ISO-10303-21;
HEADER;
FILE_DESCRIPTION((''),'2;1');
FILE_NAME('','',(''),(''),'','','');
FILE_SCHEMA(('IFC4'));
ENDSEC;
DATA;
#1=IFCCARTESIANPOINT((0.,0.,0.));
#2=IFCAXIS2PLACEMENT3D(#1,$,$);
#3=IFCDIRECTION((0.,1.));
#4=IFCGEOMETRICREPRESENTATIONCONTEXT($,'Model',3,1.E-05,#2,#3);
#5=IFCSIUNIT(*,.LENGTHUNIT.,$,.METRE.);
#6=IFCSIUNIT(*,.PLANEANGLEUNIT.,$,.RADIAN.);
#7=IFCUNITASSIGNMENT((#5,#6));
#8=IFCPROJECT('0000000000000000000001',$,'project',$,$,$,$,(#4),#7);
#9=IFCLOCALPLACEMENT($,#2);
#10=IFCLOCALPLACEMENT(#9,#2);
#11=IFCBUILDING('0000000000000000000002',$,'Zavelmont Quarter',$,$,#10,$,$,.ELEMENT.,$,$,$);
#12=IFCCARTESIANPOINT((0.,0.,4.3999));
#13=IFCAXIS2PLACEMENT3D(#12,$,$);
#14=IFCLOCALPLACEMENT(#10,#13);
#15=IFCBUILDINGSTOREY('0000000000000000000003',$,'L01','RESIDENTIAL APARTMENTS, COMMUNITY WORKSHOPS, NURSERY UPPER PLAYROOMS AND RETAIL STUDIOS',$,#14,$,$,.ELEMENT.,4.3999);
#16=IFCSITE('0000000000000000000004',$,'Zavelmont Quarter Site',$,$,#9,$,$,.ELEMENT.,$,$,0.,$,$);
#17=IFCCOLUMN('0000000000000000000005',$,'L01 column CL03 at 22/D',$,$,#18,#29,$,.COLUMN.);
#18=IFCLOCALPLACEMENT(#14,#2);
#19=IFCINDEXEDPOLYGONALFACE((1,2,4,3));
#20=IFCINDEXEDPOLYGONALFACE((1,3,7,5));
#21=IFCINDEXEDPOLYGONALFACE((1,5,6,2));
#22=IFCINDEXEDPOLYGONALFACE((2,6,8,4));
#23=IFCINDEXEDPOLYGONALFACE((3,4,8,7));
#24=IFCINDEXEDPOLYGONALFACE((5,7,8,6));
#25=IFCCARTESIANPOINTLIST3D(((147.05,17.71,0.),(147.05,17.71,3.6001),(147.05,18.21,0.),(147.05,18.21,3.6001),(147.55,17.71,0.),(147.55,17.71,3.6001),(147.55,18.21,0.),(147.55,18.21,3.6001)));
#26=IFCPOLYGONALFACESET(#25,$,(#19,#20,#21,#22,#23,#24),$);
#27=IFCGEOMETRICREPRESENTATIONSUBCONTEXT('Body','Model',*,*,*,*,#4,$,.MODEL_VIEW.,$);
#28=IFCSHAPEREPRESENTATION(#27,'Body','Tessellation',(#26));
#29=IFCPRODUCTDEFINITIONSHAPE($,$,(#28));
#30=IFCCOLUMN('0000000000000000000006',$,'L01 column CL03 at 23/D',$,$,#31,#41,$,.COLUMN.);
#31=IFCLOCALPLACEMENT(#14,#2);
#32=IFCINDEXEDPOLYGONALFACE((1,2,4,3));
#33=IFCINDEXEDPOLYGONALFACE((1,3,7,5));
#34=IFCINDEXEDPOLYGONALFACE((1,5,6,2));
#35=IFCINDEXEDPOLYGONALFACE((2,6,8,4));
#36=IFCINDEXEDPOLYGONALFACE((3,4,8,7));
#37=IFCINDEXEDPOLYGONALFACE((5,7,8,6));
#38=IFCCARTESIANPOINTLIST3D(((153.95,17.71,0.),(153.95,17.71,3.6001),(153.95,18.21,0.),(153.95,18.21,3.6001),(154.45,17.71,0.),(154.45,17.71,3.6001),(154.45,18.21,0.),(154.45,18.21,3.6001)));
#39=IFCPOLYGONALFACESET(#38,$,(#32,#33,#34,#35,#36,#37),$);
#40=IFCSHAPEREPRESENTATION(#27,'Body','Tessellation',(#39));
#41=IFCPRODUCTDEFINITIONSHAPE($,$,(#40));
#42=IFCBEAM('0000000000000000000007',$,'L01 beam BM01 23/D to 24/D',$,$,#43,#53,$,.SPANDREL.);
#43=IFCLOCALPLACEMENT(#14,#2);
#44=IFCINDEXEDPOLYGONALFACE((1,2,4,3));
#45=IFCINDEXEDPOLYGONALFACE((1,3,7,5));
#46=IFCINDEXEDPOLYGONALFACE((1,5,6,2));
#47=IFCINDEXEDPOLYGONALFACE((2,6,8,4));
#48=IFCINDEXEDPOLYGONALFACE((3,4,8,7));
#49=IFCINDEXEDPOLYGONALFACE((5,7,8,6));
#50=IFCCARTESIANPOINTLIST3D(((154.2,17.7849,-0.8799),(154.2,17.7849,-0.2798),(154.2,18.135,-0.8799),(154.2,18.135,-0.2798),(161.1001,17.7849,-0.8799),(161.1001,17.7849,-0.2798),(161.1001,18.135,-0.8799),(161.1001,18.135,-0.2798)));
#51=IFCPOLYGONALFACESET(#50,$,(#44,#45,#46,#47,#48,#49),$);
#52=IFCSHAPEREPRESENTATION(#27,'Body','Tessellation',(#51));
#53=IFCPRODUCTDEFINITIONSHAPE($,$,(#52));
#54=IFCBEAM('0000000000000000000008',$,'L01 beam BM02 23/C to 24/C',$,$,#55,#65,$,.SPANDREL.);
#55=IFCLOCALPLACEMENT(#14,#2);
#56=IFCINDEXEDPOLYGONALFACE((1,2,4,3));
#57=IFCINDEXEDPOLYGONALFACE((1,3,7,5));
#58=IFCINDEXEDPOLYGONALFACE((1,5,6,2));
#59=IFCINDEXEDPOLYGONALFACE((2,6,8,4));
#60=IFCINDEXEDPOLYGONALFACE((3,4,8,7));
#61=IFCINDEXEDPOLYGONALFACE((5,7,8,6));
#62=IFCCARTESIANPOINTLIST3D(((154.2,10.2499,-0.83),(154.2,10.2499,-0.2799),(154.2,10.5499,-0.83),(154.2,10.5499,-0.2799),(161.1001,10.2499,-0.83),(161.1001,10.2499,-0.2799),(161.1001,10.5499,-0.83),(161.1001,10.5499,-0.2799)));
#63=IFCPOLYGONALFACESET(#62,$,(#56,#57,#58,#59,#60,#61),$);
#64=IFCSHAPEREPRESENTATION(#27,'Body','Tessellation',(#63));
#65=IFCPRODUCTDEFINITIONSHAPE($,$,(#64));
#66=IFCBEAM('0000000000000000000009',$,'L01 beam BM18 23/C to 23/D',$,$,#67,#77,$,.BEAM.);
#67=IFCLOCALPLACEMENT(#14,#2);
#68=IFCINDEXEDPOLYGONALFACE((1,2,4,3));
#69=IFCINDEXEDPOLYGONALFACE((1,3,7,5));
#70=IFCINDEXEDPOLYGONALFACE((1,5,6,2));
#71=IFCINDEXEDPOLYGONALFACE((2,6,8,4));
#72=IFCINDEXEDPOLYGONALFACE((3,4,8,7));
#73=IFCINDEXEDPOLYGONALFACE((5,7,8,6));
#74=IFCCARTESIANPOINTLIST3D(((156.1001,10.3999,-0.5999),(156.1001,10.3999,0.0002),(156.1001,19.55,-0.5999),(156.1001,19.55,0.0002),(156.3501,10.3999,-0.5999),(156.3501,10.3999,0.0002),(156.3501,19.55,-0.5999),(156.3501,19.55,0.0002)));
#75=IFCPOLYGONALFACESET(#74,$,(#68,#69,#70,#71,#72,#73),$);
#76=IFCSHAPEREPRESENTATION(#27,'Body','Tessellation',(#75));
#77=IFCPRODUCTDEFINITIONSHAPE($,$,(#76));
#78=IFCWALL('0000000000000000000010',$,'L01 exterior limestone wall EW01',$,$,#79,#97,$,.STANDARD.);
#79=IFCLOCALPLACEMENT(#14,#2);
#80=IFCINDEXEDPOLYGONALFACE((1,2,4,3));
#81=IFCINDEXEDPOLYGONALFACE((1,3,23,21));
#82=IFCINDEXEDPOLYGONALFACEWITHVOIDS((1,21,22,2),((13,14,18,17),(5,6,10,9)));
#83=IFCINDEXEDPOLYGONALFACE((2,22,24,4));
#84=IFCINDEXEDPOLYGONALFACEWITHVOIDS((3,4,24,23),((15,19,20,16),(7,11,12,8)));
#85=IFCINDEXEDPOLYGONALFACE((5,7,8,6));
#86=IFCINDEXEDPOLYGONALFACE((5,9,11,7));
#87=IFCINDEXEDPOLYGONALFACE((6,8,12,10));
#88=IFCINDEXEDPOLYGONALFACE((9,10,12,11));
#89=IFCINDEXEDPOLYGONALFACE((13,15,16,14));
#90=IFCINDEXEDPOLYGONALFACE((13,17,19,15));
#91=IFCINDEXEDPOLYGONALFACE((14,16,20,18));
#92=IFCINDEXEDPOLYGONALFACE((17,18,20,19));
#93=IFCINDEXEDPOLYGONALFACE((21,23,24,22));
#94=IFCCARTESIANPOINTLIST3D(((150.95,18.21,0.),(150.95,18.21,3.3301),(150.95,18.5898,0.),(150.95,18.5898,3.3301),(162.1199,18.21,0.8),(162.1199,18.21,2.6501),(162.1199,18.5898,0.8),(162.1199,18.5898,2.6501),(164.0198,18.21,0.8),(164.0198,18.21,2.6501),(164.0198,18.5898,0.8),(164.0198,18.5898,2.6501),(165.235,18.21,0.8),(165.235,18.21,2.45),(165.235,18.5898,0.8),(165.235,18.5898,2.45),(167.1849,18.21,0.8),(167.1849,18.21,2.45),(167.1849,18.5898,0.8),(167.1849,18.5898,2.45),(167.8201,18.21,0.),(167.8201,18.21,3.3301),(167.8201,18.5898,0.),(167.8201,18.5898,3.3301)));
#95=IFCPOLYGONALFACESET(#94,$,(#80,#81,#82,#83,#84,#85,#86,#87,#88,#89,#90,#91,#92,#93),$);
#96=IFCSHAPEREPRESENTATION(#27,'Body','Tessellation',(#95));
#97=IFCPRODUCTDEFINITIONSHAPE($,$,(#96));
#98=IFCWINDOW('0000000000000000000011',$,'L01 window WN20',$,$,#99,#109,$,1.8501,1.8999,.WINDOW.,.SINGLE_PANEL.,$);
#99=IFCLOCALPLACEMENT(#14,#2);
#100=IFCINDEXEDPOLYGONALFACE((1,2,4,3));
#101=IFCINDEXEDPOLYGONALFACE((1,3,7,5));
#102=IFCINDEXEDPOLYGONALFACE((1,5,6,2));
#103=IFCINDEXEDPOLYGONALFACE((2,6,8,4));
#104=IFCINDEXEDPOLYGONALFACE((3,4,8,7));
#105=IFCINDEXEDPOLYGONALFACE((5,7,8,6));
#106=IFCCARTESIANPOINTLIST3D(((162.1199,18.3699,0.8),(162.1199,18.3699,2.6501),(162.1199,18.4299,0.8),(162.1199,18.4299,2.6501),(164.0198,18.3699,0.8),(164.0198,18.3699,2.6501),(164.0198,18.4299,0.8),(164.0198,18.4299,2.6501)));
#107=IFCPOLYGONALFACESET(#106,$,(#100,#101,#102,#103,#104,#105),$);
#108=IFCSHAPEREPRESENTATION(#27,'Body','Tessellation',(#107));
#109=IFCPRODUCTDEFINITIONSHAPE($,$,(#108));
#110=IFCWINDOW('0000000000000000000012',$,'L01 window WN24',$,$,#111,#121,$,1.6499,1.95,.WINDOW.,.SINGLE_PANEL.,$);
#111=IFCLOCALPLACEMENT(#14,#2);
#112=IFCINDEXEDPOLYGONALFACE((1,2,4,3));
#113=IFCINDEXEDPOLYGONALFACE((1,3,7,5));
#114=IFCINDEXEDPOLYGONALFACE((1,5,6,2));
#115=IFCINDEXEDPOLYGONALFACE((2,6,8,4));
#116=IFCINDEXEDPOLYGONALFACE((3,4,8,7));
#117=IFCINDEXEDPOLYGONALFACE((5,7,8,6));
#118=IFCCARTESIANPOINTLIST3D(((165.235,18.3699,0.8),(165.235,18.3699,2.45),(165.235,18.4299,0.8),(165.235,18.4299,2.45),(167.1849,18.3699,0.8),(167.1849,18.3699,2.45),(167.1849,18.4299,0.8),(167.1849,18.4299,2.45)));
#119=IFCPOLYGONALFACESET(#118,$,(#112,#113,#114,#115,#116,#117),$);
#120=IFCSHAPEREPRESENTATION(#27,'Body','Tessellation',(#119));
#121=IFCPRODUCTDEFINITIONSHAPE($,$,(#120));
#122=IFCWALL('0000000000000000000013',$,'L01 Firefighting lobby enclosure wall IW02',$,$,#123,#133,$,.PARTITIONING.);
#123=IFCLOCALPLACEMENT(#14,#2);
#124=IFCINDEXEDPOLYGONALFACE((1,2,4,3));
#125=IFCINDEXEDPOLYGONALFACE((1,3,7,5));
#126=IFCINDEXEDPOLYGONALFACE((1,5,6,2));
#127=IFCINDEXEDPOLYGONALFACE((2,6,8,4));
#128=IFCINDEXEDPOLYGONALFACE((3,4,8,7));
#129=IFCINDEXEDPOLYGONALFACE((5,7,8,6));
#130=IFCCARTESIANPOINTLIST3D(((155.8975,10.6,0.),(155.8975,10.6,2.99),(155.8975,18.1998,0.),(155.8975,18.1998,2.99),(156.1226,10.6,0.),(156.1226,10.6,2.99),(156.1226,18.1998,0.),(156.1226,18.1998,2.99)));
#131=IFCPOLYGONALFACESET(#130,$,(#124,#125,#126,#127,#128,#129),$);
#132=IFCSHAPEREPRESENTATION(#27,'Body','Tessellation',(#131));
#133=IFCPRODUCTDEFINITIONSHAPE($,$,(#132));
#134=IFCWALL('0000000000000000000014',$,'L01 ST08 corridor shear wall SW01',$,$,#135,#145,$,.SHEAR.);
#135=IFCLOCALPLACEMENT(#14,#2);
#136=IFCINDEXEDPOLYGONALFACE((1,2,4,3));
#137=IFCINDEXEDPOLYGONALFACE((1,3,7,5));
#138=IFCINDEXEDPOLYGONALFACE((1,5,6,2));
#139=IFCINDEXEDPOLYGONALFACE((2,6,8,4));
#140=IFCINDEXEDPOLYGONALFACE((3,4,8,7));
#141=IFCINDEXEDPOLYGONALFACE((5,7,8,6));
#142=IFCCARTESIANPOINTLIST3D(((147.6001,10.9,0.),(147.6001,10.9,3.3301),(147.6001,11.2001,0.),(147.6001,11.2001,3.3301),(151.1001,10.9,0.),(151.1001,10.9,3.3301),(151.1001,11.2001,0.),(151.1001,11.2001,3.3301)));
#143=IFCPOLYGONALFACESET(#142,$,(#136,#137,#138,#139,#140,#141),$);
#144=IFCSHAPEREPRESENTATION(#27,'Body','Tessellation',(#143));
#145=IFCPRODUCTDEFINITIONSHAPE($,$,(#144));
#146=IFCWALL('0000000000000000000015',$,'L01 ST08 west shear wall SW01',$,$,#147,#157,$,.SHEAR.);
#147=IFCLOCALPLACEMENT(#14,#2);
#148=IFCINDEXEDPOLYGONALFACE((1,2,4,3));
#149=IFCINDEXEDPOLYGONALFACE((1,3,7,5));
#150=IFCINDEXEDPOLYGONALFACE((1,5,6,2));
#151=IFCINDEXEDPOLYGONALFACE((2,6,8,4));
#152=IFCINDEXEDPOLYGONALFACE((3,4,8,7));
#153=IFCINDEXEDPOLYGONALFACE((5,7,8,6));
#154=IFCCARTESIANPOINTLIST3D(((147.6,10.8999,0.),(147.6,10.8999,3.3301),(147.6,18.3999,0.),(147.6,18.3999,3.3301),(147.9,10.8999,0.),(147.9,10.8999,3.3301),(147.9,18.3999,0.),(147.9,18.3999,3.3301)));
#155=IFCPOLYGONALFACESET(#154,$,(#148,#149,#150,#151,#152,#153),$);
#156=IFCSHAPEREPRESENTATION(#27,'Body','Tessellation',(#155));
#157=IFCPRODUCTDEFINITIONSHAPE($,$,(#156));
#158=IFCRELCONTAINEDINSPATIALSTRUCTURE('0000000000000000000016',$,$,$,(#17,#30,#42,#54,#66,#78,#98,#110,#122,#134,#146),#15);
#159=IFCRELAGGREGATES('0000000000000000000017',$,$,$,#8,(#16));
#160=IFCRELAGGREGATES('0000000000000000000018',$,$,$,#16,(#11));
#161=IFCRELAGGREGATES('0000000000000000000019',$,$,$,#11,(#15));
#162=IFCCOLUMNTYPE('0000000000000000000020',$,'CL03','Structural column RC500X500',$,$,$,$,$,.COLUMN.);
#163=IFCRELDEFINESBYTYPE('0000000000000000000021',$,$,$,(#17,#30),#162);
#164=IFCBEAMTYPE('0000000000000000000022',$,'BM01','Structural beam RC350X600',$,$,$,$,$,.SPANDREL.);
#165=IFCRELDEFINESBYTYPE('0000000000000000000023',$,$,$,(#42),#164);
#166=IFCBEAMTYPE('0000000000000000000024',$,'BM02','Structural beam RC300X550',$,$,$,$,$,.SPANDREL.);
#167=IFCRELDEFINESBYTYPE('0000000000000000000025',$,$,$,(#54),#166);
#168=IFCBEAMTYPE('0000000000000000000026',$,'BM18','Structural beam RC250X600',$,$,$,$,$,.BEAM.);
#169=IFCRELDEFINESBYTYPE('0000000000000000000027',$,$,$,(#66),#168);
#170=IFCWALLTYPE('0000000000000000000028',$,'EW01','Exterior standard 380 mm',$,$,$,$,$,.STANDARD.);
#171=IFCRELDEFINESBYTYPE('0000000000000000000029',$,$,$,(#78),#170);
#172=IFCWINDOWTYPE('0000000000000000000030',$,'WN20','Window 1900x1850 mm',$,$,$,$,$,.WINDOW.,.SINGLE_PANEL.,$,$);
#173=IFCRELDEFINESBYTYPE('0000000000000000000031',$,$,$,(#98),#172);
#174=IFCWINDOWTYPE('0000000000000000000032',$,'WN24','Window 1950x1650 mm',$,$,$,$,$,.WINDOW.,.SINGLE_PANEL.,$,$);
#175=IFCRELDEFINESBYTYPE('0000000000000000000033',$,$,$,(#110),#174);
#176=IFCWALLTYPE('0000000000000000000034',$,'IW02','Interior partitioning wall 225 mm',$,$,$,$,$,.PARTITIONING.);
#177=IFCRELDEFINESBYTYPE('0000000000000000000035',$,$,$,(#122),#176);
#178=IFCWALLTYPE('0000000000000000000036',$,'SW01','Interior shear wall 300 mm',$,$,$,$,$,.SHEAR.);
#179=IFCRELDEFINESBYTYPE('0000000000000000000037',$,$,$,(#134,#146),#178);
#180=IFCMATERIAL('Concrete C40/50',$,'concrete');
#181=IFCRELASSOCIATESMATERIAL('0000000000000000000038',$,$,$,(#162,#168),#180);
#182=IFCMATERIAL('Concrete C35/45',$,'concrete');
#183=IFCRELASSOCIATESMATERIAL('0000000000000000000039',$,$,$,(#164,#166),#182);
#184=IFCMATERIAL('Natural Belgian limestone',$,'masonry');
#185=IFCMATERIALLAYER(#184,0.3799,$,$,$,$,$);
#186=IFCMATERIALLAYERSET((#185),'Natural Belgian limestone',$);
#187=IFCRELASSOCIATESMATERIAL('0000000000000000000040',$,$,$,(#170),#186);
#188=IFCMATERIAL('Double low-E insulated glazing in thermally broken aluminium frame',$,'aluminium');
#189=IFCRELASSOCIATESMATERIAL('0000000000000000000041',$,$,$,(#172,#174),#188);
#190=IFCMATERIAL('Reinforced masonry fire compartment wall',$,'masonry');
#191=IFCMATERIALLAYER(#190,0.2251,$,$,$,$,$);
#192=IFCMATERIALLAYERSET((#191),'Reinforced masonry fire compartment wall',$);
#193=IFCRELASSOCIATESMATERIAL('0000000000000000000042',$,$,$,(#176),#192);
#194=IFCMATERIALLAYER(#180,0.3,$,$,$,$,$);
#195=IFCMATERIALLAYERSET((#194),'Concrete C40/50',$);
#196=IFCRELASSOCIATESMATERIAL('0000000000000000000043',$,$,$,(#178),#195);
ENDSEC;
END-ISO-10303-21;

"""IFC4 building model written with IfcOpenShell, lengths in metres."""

from ifc_helpers import new_model, si_unit, direction, frame, frame_2d, origin, origin_with_axes, origin_2d, place, context, subcontext, project, spatial, rectangle, extrude, material, layer, layer_set, material_profile, profile_set, type_object, element, fill, save


model = new_model("IFC4")

# Units and contexts
model_context = context("Model", 3, precision=1e-05, world=origin(), true_north=direction((0.0, 1.0)))
body_context = subcontext(model_context, "Body", "Model", "MODEL_VIEW")
ifc_project = project(units=[si_unit("LENGTHUNIT", "METRE"), si_unit("PLANEANGLEUNIT", "RADIAN")], contexts=[model_context])

# Site, building, storey
site_placement = place(None, origin())
site = spatial("IfcSite", under=ifc_project, at=site_placement, Name="Zavelmont Quarter Site", CompositionType="ELEMENT", RefElevation=0.0)
building_placement = place(site_placement, origin())
building = spatial("IfcBuilding", under=site, at=building_placement, Name="Zavelmont Quarter", CompositionType="ELEMENT")
storey_placement = place(building_placement, frame((0.0, 0.0, 4.3999)))
storey = spatial("IfcBuildingStorey", under=building, at=storey_placement, Name="L01", Description="RESIDENTIAL APARTMENTS, COMMUNITY WORKSHOPS, NURSERY UPPER PLAYROOMS AND RETAIL STUDIOS", CompositionType="ELEMENT", Elevation=4.3999)

# Columns
ifc_material_1 = material(Name="Concrete C40/50", Category="concrete")
ifc_material_profile_1 = material_profile(ifc_material_1, rectangle(XDim=0.5, YDim=0.5, at=origin_2d()), Name="RC500X500")
ifc_profile_set_1 = profile_set([ifc_material_profile_1], Name="Concrete C40/50")
column_type = type_object("IfcColumnType", Name="CL03", Description="Structural column RC500X500", PredefinedType="COLUMN", material=ifc_profile_set_1)
for number, where, z_axis, x_axis, name in (
    (1, (147.3, 17.96, 0.0), (0.0, 0.0, 1.0), (1.0, 0.0, 0.0), "L01 column CL03 at 22/D"),
    (2, (154.2, 17.96, 0.0), (0.0, 0.0, 1.0), (1.0, 0.0, 0.0), "L01 column CL03 at 23/D"),
):
    element("IfcColumn", number, at=place(storey_placement, frame(where, z_axis=z_axis, x_axis=x_axis)), inside=storey, type_object=column_type, Name=name, PredefinedType="COLUMN", context=body_context, shape_type="SweptSolid", body=[
        extrude(rectangle(XDim=0.5, YDim=0.5, at=origin_2d()), origin(), (0.0, 0.0, 1.0), 3.6001),
    ])

# Beams
ifc_material_2 = material(Name="Concrete C35/45", Category="concrete")
ifc_material_profile_2 = material_profile(ifc_material_2, rectangle(XDim=0.3501, YDim=0.6001, at=origin_2d()), Name="RC350X600")
ifc_profile_set_2 = profile_set([ifc_material_profile_2], Name="Concrete C35/45")
beam_type_1 = type_object("IfcBeamType", Name="BM01", Description="Structural beam RC350X600", PredefinedType="SPANDREL", material=ifc_profile_set_2)
beam_1_placement = place(storey_placement, frame((154.2, 17.96, -0.5798), z_axis=(1.0, 0.0, 0.0), x_axis=(0.0, 1.0, 0.0)))
element("IfcBeam", 3, at=beam_1_placement, inside=storey, type_object=beam_type_1, Name="L01 beam BM01 23/D to 24/D", PredefinedType="SPANDREL", context=body_context, shape_type="SweptSolid", body=[
    extrude(rectangle(XDim=0.3501, YDim=0.6001, at=origin_2d()), origin(), (0.0, 0.0, 1.0), 6.9001),
])
ifc_material_profile_3 = material_profile(ifc_material_2, rectangle(XDim=0.3, YDim=0.55, at=origin_2d()), Name="RC300X550")
ifc_profile_set_3 = profile_set([ifc_material_profile_3], Name="Concrete C35/45")
beam_type_2 = type_object("IfcBeamType", Name="BM02", Description="Structural beam RC300X550", PredefinedType="SPANDREL", material=ifc_profile_set_3)
beam_2_placement = place(storey_placement, frame((154.2, 10.3999, -0.5549), z_axis=(1.0, 0.0, 0.0), x_axis=(0.0, 1.0, 0.0)))
element("IfcBeam", 4, at=beam_2_placement, inside=storey, type_object=beam_type_2, Name="L01 beam BM02 23/C to 24/C", PredefinedType="SPANDREL", context=body_context, shape_type="SweptSolid", body=[
    extrude(rectangle(XDim=0.3, YDim=0.55, at=origin_2d()), origin(), (0.0, 0.0, 1.0), 6.9001),
])
ifc_material_profile_4 = material_profile(ifc_material_1, rectangle(XDim=0.25, YDim=0.6001, at=origin_2d()), Name="RC250X600")
ifc_profile_set_4 = profile_set([ifc_material_profile_4], Name="Concrete C40/50")
beam_type_3 = type_object("IfcBeamType", Name="BM18", Description="Structural beam RC250X600", PredefinedType="BEAM", material=ifc_profile_set_4)
beam_3_placement = place(storey_placement, frame((156.2251, 10.3999, -0.2998), z_axis=(0.0, 1.0, 0.0), x_axis=(-1.0, 0.0, 0.0)))
element("IfcBeam", 5, at=beam_3_placement, inside=storey, type_object=beam_type_3, Name="L01 beam BM18 23/C to 23/D", PredefinedType="BEAM", context=body_context, shape_type="SweptSolid", body=[
    extrude(rectangle(XDim=0.25, YDim=0.6001, at=origin_2d()), origin(), (0.0, 0.0, 1.0), 9.1501),
])

# Wall, openings, windows
ifc_material_3 = material(Name="Natural Belgian limestone", Category="masonry")
ifc_layer_1 = layer(ifc_material_3, 0.3799)
ifc_layer_set_1 = layer_set([ifc_layer_1], Name="Natural Belgian limestone")
wall_type_1 = type_object("IfcWallType", Name="EW01", Description="Exterior standard 380 mm", PredefinedType="STANDARD", material=ifc_layer_set_1)
wall_1_placement = place(storey_placement, frame((150.95, 18.3999, 0.0), z_axis=(0.0, 0.0, 1.0), x_axis=(1.0, 0.0, 0.0)))
wall_1 = element("IfcWall", 6, at=wall_1_placement, inside=storey, type_object=wall_type_1, Name="L01 exterior limestone wall EW01", PredefinedType="STANDARD", context=body_context, shape_type="SweptSolid", body=[
    extrude(rectangle(XDim=16.8701, YDim=0.3799, at=frame_2d((8.4351, 0.0))), origin(), (0.0, 0.0, 1.0), 3.3301),
])
opening_1_placement = place(wall_1_placement, frame((11.1699, 0.0, 0.8)))
opening_1 = element("IfcOpeningElement", 7, at=opening_1_placement, cuts=wall_1, PredefinedType="OPENING", context=body_context, shape_type="SweptSolid", body=[
    extrude(rectangle(XDim=1.8999, YDim=1.8501, at=frame_2d((0.95, 0.925))), frame((0.0, 0.2019, 0.0), z_axis=(0.0, -1.0, 0.0), x_axis=(1.0, 0.0, 0.0)), (0.0, 0.0, 1.0), 0.4038),
])
opening_2_placement = place(wall_1_placement, frame((14.2849, 0.0, 0.8)))
opening_2 = element("IfcOpeningElement", 8, at=opening_2_placement, cuts=wall_1, PredefinedType="OPENING", context=body_context, shape_type="SweptSolid", body=[
    extrude(rectangle(XDim=1.95, YDim=1.6499, at=frame_2d((0.9751, 0.825))), frame((0.0, 0.2019, 0.0), z_axis=(0.0, -1.0, 0.0), x_axis=(1.0, 0.0, 0.0)), (0.0, 0.0, 1.0), 0.4038),
])
ifc_material_4 = material(Name="Double low-E insulated glazing in thermally broken aluminium frame", Category="aluminium")
window_type_1 = type_object("IfcWindowType", Name="WN20", Description="Window 1900x1850 mm", PartitioningType="SINGLE_PANEL", PredefinedType="WINDOW", material=ifc_material_4)
window_1_placement = place(opening_1_placement, origin_with_axes())
window_1 = element("IfcWindow", 9, at=window_1_placement, inside=storey, type_object=window_type_1, Name="L01 window WN20", OverallHeight=1.8501, OverallWidth=1.8999, PartitioningType="SINGLE_PANEL", PredefinedType="WINDOW", context=body_context, shape_type="SweptSolid", body=[
    extrude(rectangle(XDim=1.8999, YDim=1.8501, at=frame_2d((0.95, 0.925))), frame((0.0, 0.03, 0.0), z_axis=(0.0, -1.0, 0.0), x_axis=(1.0, 0.0, 0.0)), (0.0, 0.0, 1.0), 0.0601),
])
fill(opening_1, window_1)
window_type_2 = type_object("IfcWindowType", Name="WN24", Description="Window 1950x1650 mm", PartitioningType="SINGLE_PANEL", PredefinedType="WINDOW", material=ifc_material_4)
window_2_placement = place(opening_2_placement, origin_with_axes())
window_2 = element("IfcWindow", 10, at=window_2_placement, inside=storey, type_object=window_type_2, Name="L01 window WN24", OverallHeight=1.6499, OverallWidth=1.95, PartitioningType="SINGLE_PANEL", PredefinedType="WINDOW", context=body_context, shape_type="SweptSolid", body=[
    extrude(rectangle(XDim=1.95, YDim=1.6499, at=frame_2d((0.9751, 0.825))), frame((0.0, 0.03, 0.0), z_axis=(0.0, -1.0, 0.0), x_axis=(1.0, 0.0, 0.0)), (0.0, 0.0, 1.0), 0.0601),
])
fill(opening_2, window_2)

# Wall
ifc_material_5 = material(Name="Reinforced masonry fire compartment wall", Category="masonry")
ifc_layer_2 = layer(ifc_material_5, 0.2251)
ifc_layer_set_2 = layer_set([ifc_layer_2], Name="Reinforced masonry fire compartment wall")
wall_type_2 = type_object("IfcWallType", Name="IW02", Description="Interior partitioning wall 225 mm", PredefinedType="PARTITIONING", material=ifc_layer_set_2)
wall_2_placement = place(storey_placement, frame((156.01, 10.6001, 0.0), z_axis=(0.0, 0.0, 1.0), x_axis=(0.0, 1.0, 0.0)))
element("IfcWall", 11, at=wall_2_placement, inside=storey, type_object=wall_type_2, Name="L01 Firefighting lobby enclosure wall IW02", PredefinedType="PARTITIONING", context=body_context, shape_type="SweptSolid", body=[
    extrude(rectangle(XDim=7.5999, YDim=0.2251, at=frame_2d((3.7998, 0.0))), origin(), (0.0, 0.0, 1.0), 2.99),
])

# Walls
ifc_layer_3 = layer(ifc_material_1, 0.3)
ifc_layer_set_3 = layer_set([ifc_layer_3], Name="Concrete C40/50")
wall_type_3 = type_object("IfcWallType", Name="SW01", Description="Interior shear wall 300 mm", PredefinedType="SHEAR", material=ifc_layer_set_3)
wall_3_placement = place(storey_placement, frame((147.6001, 11.05, 0.0), z_axis=(0.0, 0.0, 1.0), x_axis=(1.0, 0.0, 0.0)))
element("IfcWall", 12, at=wall_3_placement, inside=storey, type_object=wall_type_3, Name="L01 ST08 corridor shear wall SW01", PredefinedType="SHEAR", context=body_context, shape_type="SweptSolid", body=[
    extrude(rectangle(XDim=3.5, YDim=0.3, at=frame_2d((1.75, 0.0))), origin(), (0.0, 0.0, 1.0), 3.3301),
])
wall_4_placement = place(storey_placement, frame((147.75, 10.8999, 0.0), z_axis=(0.0, 0.0, 1.0), x_axis=(0.0, 1.0, 0.0)))
element("IfcWall", 13, at=wall_4_placement, inside=storey, type_object=wall_type_3, Name="L01 ST08 west shear wall SW01", PredefinedType="SHEAR", context=body_context, shape_type="SweptSolid", body=[
    extrude(rectangle(XDim=7.5, YDim=0.3, at=frame_2d((3.75, 0.0))), origin(), (0.0, 0.0, 1.0), 3.3301),
])

save(model, "model.ifc")
